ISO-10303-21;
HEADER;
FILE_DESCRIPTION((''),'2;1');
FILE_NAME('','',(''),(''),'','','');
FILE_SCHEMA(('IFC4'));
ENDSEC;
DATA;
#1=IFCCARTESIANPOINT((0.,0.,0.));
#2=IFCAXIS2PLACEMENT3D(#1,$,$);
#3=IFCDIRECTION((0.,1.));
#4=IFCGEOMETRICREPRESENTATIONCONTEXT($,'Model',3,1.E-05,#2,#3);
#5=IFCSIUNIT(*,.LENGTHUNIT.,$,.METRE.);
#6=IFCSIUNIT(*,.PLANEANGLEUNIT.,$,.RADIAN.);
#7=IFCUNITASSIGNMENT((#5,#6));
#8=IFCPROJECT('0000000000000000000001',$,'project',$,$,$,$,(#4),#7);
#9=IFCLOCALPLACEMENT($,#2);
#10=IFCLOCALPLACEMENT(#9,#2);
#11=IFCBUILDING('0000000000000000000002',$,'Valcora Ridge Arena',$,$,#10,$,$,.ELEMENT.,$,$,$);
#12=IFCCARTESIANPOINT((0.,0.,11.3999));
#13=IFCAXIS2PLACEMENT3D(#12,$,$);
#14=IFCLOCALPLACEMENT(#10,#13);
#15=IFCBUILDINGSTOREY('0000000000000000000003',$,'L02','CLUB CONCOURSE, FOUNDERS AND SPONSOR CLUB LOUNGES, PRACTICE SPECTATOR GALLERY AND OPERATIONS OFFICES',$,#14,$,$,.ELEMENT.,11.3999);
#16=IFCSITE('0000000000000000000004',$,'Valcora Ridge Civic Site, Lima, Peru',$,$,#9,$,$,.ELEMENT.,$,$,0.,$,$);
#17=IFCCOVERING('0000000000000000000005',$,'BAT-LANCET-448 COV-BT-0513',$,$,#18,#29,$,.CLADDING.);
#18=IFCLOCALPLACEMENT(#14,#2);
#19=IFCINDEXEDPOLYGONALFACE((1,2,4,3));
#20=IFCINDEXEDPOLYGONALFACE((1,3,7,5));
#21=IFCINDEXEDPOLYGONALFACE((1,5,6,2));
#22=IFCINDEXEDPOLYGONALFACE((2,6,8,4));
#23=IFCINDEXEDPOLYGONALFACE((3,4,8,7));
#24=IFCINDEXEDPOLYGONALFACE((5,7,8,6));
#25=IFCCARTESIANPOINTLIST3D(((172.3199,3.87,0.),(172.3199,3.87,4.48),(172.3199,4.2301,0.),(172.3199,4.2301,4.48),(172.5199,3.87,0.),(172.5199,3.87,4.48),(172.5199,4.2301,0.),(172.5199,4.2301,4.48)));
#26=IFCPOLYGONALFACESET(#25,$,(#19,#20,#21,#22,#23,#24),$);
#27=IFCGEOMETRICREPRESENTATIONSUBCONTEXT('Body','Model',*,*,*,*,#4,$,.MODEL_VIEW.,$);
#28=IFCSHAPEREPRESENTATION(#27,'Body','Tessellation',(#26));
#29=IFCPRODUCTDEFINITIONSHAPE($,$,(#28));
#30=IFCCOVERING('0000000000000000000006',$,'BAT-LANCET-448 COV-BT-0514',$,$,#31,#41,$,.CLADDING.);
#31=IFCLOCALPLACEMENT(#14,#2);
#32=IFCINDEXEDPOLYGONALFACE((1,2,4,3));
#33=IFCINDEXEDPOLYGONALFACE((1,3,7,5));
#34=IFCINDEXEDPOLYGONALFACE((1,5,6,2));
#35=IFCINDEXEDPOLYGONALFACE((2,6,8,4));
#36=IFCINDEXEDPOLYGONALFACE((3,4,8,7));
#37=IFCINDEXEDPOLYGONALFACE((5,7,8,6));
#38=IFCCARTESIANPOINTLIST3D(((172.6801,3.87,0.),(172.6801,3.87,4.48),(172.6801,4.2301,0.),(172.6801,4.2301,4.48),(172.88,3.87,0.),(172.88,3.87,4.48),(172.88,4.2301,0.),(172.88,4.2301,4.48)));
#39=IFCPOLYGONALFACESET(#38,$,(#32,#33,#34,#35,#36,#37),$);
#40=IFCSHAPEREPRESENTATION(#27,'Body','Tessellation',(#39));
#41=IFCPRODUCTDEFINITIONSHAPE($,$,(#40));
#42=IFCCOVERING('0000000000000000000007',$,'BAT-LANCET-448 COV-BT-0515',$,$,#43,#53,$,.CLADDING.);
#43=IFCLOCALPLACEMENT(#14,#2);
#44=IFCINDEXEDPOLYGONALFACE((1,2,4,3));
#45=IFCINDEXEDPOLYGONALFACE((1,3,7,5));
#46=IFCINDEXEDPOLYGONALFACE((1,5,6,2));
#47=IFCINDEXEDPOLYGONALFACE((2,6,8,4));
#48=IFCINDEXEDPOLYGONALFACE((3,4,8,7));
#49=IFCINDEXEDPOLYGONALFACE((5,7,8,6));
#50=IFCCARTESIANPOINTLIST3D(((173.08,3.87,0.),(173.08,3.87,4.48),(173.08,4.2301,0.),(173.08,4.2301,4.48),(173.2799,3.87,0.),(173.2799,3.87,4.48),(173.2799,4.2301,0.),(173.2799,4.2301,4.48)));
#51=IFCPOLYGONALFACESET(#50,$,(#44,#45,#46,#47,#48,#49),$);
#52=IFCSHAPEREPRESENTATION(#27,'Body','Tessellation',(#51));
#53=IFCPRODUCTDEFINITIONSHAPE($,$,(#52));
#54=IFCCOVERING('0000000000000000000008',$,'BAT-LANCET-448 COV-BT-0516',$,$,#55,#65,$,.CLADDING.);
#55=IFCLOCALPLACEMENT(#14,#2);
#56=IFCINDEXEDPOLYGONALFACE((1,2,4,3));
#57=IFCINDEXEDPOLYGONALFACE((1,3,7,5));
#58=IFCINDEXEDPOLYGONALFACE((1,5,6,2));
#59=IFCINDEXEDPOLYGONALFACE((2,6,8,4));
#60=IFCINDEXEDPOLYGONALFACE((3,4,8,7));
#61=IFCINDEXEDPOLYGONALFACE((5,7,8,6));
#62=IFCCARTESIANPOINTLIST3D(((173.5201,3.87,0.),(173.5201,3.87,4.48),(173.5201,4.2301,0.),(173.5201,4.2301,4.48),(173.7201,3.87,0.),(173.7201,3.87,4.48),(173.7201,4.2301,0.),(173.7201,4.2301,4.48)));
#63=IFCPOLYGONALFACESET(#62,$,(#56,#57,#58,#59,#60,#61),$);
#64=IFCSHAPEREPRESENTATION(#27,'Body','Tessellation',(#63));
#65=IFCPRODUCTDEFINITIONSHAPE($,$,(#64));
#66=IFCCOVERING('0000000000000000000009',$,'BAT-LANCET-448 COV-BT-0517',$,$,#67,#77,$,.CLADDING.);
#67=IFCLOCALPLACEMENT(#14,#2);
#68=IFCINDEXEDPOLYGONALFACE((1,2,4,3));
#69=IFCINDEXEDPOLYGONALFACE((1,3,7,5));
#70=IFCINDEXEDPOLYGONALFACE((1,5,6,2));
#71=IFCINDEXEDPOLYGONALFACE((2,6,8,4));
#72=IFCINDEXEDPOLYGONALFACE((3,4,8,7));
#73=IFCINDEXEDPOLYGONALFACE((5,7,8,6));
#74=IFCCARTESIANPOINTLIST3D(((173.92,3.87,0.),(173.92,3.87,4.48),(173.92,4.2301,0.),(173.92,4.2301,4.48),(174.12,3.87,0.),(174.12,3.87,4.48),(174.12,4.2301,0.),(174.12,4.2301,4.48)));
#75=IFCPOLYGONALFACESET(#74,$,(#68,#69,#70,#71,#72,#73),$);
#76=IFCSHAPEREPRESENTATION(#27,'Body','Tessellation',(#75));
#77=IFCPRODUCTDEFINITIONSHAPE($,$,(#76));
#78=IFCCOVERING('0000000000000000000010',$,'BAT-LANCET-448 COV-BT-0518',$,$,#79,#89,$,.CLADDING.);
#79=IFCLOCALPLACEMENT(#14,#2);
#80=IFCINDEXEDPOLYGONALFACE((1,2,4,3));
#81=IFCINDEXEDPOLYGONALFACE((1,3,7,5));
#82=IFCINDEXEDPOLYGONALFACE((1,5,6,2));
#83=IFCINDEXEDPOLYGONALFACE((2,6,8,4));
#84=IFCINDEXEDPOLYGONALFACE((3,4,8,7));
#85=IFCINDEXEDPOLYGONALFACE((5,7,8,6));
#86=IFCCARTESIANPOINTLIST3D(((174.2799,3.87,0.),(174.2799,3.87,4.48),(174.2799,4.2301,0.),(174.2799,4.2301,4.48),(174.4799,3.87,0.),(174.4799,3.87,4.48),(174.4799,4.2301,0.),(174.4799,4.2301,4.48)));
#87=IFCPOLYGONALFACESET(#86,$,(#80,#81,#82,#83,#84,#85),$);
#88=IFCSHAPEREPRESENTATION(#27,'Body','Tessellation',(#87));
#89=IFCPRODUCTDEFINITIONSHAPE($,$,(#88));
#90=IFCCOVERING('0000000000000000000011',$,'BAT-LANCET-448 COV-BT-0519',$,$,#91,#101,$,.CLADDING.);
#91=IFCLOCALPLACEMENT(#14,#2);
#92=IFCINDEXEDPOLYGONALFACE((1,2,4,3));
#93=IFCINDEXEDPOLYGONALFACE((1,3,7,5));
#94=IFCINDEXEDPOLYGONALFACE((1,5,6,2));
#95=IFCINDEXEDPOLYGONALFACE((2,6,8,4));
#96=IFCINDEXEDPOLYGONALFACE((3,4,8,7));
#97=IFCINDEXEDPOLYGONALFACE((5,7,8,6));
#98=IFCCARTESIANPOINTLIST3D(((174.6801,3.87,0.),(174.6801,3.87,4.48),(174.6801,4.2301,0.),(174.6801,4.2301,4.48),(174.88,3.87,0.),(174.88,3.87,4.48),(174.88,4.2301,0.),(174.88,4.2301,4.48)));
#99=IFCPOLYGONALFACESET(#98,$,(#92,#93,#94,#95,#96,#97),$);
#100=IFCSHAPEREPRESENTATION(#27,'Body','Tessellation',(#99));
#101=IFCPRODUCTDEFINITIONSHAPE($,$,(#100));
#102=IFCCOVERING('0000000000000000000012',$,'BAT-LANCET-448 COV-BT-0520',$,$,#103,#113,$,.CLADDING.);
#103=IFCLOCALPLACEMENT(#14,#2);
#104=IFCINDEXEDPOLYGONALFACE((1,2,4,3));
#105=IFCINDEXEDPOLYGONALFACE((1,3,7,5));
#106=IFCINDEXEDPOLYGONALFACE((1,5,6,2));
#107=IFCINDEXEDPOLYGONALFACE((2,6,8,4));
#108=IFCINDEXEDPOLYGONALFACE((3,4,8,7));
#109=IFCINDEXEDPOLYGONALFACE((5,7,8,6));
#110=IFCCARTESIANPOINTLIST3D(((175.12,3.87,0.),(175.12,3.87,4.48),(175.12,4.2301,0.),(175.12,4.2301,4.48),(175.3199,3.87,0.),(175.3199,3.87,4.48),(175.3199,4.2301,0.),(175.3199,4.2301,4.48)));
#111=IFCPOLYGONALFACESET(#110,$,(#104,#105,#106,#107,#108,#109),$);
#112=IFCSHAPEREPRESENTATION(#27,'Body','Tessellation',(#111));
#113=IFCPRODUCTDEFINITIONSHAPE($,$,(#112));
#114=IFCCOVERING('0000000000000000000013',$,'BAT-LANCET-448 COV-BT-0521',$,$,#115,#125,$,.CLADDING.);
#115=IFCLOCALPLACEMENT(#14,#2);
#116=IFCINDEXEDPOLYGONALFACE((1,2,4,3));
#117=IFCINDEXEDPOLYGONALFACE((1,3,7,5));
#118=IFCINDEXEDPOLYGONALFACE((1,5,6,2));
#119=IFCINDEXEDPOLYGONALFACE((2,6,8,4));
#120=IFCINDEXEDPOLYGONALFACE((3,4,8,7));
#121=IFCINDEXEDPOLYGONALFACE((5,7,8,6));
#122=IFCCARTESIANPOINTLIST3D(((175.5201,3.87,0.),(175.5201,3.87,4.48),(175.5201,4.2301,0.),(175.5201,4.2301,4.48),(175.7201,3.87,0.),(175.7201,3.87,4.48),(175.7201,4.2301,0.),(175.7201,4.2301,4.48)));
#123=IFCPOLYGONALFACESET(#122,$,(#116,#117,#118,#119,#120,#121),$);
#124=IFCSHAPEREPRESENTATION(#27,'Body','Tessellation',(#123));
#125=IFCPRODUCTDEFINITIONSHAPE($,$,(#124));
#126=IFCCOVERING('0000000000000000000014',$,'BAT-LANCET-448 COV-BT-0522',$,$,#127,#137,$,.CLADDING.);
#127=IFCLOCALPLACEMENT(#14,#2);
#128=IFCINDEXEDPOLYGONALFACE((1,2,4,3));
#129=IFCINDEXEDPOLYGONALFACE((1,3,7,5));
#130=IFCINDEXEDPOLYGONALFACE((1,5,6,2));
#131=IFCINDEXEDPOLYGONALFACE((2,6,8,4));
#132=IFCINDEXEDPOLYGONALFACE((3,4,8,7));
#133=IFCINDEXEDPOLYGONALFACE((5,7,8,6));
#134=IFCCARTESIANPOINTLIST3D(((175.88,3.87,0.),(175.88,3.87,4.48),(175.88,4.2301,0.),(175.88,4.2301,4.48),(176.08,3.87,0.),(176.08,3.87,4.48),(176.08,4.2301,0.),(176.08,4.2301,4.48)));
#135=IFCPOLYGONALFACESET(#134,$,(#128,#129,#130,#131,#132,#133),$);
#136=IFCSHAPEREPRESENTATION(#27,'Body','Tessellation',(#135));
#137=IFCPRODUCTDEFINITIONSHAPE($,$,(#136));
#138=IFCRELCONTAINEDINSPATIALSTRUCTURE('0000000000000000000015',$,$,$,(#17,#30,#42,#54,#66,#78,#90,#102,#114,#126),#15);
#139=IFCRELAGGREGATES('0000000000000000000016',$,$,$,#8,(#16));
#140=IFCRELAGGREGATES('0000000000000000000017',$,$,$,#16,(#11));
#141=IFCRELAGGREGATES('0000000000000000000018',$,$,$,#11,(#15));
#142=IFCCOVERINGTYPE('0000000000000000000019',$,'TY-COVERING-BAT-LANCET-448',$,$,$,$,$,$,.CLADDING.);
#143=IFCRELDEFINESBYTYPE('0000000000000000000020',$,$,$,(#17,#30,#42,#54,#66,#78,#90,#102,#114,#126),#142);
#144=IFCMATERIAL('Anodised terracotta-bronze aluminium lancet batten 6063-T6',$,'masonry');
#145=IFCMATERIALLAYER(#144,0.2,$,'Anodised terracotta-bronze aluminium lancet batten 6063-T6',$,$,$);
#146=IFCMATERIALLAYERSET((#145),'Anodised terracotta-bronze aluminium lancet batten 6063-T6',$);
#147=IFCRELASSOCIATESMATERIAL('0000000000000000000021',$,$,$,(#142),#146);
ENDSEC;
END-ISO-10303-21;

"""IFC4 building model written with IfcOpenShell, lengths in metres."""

from ifc_helpers import new_model, si_unit, direction, frame, origin, origin_2d, place, context, subcontext, project, spatial, rectangle, extrude, material, layer, layer_set, type_object, element, save


model = new_model("IFC4")

# Units and contexts
model_context = context("Model", 3, precision=1e-05, world=origin(), true_north=direction((0.0, 1.0)))
body_context = subcontext(model_context, "Body", "Model", "MODEL_VIEW")
ifc_project = project(units=[si_unit("LENGTHUNIT", "METRE"), si_unit("PLANEANGLEUNIT", "RADIAN")], contexts=[model_context])

# Site, building, storey
site_placement = place(None, origin())
site = spatial("IfcSite", under=ifc_project, at=site_placement, Name="Valcora Ridge Civic Site, Lima, Peru", CompositionType="ELEMENT", RefElevation=0.0)
building_placement = place(site_placement, origin())
building = spatial("IfcBuilding", under=site, at=building_placement, Name="Valcora Ridge Arena", CompositionType="ELEMENT")
storey_placement = place(building_placement, frame((0.0, 0.0, 11.3999)))
storey = spatial("IfcBuildingStorey", under=building, at=storey_placement, Name="L02", Description="CLUB CONCOURSE, FOUNDERS AND SPONSOR CLUB LOUNGES, PRACTICE SPECTATOR GALLERY AND OPERATIONS OFFICES", CompositionType="ELEMENT", Elevation=11.3999)

# Coverings
ifc_material_1 = material(Name="Anodised terracotta-bronze aluminium lancet batten 6063-T6", Category="masonry")
ifc_layer_1 = layer(ifc_material_1, 0.2, Name="Anodised terracotta-bronze aluminium lancet batten 6063-T6")
ifc_layer_set_1 = layer_set([ifc_layer_1], Name="Anodised terracotta-bronze aluminium lancet batten 6063-T6")
covering_type = type_object("IfcCoveringType", Name="TY-COVERING-BAT-LANCET-448", PredefinedType="CLADDING", material=ifc_layer_set_1)
for number, where, z_axis, x_axis, name in (
    (1, (172.4199, 4.05, 0.0), (0.0, 0.0, 1.0), (1.0, 0.0, 0.0), "BAT-LANCET-448 COV-BT-0513"),
    (2, (172.78, 4.05, 0.0), (0.0, 0.0, 1.0), (1.0, 0.0, 0.0), "BAT-LANCET-448 COV-BT-0514"),
    (3, (173.1799, 4.05, 0.0), (0.0, 0.0, 1.0), (1.0, 0.0, 0.0), "BAT-LANCET-448 COV-BT-0515"),
    (4, (173.6201, 4.05, 0.0), (0.0, 0.0, 1.0), (1.0, 0.0, 0.0), "BAT-LANCET-448 COV-BT-0516"),
    (5, (174.02, 4.05, 0.0), (0.0, 0.0, 1.0), (1.0, 0.0, 0.0), "BAT-LANCET-448 COV-BT-0517"),
    (6, (174.3799, 4.05, 0.0), (0.0, 0.0, 1.0), (1.0, 0.0, 0.0), "BAT-LANCET-448 COV-BT-0518"),
    (7, (174.78, 4.05, 0.0), (0.0, 0.0, 1.0), (1.0, 0.0, 0.0), "BAT-LANCET-448 COV-BT-0519"),
    (8, (175.22, 4.05, 0.0), (0.0, 0.0, 1.0), (1.0, 0.0, 0.0), "BAT-LANCET-448 COV-BT-0520"),
    (9, (175.6201, 4.05, 0.0), (0.0, 0.0, 1.0), (1.0, 0.0, 0.0), "BAT-LANCET-448 COV-BT-0521"),
    (10, (175.98, 4.05, 0.0), (0.0, 0.0, 1.0), (1.0, 0.0, 0.0), "BAT-LANCET-448 COV-BT-0522"),
):
    element("IfcCovering", number, at=place(storey_placement, frame(where, z_axis=z_axis, x_axis=x_axis)), inside=storey, type_object=covering_type, Name=name, PredefinedType="CLADDING", context=body_context, shape_type="SweptSolid", body=[
        extrude(rectangle(XDim=0.2, YDim=0.3601, at=origin_2d()), origin(), (0.0, 0.0, 1.0), 4.48),
    ])

save(model, "model.ifc")
